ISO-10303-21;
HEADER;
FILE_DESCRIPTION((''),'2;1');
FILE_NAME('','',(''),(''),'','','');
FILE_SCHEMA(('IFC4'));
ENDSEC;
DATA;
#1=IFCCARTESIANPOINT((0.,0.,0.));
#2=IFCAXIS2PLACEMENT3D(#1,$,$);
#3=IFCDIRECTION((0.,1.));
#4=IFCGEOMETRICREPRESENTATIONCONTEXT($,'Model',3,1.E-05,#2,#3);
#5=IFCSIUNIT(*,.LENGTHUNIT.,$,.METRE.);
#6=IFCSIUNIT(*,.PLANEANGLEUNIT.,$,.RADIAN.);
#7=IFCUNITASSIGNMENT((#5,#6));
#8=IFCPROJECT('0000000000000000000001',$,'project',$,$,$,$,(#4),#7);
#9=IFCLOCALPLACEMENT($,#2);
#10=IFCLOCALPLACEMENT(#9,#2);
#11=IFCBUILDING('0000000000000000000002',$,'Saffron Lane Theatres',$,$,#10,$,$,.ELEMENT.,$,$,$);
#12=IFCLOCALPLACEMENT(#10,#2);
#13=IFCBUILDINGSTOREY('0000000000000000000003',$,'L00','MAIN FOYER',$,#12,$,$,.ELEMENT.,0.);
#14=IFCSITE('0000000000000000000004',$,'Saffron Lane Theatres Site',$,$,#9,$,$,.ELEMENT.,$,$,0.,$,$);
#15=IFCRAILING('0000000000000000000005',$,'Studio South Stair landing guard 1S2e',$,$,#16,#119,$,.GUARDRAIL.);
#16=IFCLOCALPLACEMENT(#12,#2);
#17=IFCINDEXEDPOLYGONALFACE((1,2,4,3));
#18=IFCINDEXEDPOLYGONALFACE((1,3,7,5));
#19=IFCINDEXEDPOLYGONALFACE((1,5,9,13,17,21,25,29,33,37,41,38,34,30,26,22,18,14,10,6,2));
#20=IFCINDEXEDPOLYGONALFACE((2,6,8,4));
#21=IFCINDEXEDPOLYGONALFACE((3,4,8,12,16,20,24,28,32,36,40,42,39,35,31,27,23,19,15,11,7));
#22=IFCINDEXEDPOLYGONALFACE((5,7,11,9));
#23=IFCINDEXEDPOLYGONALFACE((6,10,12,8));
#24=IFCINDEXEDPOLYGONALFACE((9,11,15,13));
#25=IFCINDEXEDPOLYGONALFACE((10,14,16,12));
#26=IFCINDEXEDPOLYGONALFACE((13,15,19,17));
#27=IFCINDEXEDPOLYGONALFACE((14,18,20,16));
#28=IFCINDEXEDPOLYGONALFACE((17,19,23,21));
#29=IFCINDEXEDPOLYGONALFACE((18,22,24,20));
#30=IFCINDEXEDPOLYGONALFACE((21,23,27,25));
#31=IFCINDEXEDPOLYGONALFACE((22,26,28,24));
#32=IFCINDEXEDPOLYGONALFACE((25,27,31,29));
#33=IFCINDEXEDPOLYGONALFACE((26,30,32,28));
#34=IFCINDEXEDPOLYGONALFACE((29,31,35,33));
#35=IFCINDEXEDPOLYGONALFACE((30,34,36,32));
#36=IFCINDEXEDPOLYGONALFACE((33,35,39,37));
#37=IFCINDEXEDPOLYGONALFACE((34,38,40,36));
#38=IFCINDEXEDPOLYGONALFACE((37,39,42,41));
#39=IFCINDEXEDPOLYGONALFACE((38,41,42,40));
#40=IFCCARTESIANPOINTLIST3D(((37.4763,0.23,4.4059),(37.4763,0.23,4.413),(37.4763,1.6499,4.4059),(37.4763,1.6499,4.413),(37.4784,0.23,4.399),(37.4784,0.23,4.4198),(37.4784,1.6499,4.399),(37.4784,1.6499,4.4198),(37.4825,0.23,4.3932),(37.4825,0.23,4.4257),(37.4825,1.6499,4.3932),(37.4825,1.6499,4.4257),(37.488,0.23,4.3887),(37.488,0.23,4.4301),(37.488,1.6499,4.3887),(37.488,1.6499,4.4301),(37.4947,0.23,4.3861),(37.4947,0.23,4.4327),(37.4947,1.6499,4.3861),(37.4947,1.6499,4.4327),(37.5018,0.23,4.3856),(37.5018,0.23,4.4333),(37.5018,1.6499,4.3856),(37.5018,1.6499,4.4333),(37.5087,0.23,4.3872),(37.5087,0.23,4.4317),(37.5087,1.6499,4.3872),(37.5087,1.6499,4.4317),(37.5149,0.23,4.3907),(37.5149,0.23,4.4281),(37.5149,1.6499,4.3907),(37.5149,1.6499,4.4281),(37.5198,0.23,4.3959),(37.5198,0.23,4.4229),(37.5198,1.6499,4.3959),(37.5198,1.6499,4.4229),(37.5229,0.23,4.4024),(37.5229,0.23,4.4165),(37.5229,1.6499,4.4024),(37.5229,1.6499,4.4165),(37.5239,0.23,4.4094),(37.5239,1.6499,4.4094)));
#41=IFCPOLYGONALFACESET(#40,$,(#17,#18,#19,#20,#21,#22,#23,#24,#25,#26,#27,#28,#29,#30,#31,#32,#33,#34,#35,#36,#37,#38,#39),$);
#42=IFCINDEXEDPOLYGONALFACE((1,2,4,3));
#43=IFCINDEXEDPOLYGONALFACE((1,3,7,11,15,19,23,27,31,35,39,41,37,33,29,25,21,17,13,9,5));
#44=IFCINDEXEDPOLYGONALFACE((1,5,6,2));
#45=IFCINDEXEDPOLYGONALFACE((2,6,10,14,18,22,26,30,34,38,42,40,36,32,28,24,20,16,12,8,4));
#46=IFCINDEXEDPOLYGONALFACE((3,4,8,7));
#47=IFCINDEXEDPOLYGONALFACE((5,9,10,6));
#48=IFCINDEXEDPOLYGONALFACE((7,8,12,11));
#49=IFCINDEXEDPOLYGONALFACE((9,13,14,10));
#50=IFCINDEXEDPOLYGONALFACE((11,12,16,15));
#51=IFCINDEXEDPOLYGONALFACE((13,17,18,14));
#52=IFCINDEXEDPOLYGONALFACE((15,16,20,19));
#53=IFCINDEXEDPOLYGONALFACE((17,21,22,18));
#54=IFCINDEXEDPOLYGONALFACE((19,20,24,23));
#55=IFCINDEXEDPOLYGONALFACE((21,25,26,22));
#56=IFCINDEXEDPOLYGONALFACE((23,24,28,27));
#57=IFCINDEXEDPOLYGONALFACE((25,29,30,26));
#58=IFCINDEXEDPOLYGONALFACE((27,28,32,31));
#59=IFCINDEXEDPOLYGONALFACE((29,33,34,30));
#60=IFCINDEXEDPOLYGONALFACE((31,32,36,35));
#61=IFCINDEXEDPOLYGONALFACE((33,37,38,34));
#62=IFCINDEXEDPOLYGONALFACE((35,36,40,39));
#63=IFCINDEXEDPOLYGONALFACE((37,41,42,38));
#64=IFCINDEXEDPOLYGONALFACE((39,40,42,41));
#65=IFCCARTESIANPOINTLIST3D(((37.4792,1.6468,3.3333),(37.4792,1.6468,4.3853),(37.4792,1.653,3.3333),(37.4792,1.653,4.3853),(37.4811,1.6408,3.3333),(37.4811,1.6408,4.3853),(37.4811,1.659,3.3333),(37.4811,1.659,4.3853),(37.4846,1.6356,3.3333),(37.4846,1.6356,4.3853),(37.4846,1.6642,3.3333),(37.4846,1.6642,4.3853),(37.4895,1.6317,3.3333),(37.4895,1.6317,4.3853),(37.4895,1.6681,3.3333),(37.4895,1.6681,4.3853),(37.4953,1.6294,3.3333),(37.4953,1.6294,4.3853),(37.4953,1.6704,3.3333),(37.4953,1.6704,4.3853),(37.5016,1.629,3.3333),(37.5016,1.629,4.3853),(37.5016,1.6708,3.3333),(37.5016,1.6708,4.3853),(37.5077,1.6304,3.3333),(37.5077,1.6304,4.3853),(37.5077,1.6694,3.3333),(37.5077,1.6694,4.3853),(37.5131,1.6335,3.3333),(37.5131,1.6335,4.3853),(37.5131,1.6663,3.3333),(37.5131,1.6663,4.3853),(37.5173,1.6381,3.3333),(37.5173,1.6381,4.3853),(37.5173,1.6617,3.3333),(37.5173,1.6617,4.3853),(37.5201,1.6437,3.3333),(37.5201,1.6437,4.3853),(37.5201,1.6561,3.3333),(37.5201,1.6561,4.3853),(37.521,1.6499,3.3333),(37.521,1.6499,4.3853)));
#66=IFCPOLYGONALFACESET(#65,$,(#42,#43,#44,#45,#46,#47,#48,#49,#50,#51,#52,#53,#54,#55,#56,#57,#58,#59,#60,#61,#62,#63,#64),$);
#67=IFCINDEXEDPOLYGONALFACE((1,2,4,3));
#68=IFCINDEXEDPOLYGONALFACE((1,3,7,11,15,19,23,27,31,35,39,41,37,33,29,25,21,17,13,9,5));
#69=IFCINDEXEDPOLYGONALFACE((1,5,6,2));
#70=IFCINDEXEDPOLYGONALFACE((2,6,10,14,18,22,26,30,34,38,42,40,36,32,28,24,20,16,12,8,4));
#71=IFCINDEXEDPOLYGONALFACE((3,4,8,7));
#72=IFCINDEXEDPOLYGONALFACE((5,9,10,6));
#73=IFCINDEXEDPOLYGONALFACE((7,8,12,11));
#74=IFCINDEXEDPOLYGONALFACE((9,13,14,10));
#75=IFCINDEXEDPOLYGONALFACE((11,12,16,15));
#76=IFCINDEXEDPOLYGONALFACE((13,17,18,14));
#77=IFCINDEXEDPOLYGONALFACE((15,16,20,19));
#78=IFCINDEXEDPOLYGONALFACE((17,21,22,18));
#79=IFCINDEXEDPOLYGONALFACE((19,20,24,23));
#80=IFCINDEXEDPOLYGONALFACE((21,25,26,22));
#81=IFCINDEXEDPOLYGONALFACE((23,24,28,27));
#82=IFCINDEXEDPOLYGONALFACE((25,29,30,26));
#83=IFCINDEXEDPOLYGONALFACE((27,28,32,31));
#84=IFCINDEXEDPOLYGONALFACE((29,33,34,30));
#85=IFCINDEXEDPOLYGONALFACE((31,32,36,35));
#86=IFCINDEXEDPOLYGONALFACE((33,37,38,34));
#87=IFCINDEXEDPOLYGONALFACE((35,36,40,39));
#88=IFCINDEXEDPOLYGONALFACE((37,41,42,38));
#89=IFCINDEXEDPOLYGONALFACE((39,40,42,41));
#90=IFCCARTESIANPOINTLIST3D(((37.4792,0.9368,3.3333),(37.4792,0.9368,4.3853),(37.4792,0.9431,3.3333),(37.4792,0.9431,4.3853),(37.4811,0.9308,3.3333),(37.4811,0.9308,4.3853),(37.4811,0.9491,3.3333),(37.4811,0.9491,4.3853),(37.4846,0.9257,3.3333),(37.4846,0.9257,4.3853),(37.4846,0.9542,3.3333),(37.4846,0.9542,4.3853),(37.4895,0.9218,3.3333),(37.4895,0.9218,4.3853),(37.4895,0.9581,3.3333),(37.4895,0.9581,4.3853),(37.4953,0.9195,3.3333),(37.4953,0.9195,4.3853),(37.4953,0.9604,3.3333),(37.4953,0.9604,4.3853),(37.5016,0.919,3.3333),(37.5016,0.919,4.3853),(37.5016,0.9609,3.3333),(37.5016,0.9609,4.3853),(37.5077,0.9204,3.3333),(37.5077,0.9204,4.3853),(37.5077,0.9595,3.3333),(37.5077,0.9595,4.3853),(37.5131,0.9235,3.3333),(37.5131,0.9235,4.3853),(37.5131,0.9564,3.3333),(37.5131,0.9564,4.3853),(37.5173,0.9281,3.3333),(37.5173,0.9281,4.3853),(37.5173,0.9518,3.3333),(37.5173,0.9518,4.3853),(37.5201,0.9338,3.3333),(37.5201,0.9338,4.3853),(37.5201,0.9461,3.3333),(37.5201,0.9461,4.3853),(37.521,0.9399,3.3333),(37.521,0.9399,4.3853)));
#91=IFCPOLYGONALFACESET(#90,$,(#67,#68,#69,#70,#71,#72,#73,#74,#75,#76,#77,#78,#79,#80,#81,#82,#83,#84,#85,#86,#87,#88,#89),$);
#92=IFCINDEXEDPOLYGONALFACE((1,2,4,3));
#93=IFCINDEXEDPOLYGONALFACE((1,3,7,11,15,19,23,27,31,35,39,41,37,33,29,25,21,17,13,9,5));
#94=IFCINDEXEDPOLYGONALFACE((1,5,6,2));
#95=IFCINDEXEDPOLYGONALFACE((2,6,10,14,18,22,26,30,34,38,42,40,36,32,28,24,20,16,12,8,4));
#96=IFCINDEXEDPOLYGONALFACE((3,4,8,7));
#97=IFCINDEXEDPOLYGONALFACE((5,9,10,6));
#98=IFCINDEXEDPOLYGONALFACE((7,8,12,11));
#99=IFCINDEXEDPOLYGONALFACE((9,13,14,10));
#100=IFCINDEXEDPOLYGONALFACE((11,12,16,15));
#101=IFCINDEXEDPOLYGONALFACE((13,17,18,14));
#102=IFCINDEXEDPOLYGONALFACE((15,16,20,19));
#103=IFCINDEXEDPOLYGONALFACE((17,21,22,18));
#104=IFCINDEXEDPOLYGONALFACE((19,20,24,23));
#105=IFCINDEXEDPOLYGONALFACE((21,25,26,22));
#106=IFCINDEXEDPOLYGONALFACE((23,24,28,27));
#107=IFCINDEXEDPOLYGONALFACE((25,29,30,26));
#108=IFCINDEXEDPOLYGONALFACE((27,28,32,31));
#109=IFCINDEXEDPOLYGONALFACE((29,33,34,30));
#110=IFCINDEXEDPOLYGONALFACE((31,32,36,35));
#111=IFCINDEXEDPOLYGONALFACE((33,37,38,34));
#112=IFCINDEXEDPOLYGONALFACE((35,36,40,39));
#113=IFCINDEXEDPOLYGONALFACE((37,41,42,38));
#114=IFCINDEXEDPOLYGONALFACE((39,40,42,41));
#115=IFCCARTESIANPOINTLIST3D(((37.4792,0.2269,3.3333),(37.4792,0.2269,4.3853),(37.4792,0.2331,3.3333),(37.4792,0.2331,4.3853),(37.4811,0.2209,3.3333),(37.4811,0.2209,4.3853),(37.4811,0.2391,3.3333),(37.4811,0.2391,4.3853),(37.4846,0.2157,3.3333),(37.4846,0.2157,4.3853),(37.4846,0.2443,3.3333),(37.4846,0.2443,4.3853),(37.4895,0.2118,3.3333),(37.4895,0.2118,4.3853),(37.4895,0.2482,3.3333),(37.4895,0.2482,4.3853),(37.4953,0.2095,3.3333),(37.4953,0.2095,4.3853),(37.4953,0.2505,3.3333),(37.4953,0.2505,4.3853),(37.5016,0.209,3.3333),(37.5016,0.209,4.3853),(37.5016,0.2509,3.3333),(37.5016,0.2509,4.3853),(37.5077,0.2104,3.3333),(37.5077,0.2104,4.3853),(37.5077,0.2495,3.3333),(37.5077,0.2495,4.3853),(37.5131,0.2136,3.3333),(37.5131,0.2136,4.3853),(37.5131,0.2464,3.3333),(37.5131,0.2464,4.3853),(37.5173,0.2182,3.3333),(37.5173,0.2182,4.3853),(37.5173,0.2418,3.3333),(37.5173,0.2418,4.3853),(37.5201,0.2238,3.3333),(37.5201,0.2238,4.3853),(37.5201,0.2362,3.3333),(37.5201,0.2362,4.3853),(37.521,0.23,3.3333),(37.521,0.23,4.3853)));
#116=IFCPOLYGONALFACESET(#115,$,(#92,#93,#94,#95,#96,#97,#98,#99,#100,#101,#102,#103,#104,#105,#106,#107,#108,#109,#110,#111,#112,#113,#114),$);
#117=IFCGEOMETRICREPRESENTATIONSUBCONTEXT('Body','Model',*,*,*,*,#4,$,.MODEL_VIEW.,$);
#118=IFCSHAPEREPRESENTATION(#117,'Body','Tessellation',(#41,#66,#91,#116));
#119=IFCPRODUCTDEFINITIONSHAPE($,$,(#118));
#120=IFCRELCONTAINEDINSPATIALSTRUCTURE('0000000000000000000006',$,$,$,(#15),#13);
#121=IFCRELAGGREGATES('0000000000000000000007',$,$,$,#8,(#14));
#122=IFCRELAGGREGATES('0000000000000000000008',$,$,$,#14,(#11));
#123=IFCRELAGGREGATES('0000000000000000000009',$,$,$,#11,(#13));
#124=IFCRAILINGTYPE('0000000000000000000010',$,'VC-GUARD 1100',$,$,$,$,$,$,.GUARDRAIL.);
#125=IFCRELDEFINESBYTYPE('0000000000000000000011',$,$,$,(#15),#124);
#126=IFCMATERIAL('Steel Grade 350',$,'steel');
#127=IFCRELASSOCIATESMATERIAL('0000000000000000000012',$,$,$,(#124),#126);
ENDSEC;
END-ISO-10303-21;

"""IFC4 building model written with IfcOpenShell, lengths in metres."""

from ifc_helpers import new_model, si_unit, direction, frame, origin, origin_2d, place, context, subcontext, project, spatial, circle, extrude, material, type_object, element, save


model = new_model("IFC4")

# Units and contexts
model_context = context("Model", 3, precision=1e-05, world=origin(), true_north=direction((0.0, 1.0)))
body_context = subcontext(model_context, "Body", "Model", "MODEL_VIEW")
ifc_project = project(units=[si_unit("LENGTHUNIT", "METRE"), si_unit("PLANEANGLEUNIT", "RADIAN")], contexts=[model_context])

# Site, building, storey
site_placement = place(None, origin())
site = spatial("IfcSite", under=ifc_project, at=site_placement, Name="Saffron Lane Theatres Site", CompositionType="ELEMENT", RefElevation=0.0)
building_placement = place(site_placement, origin())
building = spatial("IfcBuilding", under=site, at=building_placement, Name="Saffron Lane Theatres", CompositionType="ELEMENT")
storey_placement = place(building_placement, origin())
storey = spatial("IfcBuildingStorey", under=building, at=storey_placement, Name="L00", Description="MAIN FOYER", CompositionType="ELEMENT", Elevation=0.0)

# Railing
ifc_material_1 = material(Name="Steel Grade 350", Category="steel")
railing_type_1 = type_object("IfcRailingType", Name="VC-GUARD 1100", PredefinedType="GUARDRAIL", material=ifc_material_1)
railing_1_placement = place(storey_placement, frame((37.5, 1.6499, 3.3333)))
element("IfcRailing", 1, at=railing_1_placement, inside=storey, type_object=railing_type_1, Name="Studio South Stair landing guard 1S2e", PredefinedType="GUARDRAIL", context=body_context, shape_type="SweptSolid", body=[
    extrude(circle(Radius=0.0239, at=origin_2d()), frame((0.0, 0.0, 1.0762), z_axis=(0.0, -1.0, 0.0), x_axis=(1.0, 0.0, 0.0)), (0.0, 0.0, 1.0), 1.4199),
    extrude(circle(Radius=0.021, at=origin_2d()), origin(), (0.0, 0.0, 1.0), 1.052),
    extrude(circle(Radius=0.021, at=origin_2d()), frame((0.0, -0.71, 0.0)), (0.0, 0.0, 1.0), 1.052),
    extrude(circle(Radius=0.021, at=origin_2d()), frame((0.0, -1.4199, 0.0)), (0.0, 0.0, 1.0), 1.052),
])

save(model, "model.ifc")
